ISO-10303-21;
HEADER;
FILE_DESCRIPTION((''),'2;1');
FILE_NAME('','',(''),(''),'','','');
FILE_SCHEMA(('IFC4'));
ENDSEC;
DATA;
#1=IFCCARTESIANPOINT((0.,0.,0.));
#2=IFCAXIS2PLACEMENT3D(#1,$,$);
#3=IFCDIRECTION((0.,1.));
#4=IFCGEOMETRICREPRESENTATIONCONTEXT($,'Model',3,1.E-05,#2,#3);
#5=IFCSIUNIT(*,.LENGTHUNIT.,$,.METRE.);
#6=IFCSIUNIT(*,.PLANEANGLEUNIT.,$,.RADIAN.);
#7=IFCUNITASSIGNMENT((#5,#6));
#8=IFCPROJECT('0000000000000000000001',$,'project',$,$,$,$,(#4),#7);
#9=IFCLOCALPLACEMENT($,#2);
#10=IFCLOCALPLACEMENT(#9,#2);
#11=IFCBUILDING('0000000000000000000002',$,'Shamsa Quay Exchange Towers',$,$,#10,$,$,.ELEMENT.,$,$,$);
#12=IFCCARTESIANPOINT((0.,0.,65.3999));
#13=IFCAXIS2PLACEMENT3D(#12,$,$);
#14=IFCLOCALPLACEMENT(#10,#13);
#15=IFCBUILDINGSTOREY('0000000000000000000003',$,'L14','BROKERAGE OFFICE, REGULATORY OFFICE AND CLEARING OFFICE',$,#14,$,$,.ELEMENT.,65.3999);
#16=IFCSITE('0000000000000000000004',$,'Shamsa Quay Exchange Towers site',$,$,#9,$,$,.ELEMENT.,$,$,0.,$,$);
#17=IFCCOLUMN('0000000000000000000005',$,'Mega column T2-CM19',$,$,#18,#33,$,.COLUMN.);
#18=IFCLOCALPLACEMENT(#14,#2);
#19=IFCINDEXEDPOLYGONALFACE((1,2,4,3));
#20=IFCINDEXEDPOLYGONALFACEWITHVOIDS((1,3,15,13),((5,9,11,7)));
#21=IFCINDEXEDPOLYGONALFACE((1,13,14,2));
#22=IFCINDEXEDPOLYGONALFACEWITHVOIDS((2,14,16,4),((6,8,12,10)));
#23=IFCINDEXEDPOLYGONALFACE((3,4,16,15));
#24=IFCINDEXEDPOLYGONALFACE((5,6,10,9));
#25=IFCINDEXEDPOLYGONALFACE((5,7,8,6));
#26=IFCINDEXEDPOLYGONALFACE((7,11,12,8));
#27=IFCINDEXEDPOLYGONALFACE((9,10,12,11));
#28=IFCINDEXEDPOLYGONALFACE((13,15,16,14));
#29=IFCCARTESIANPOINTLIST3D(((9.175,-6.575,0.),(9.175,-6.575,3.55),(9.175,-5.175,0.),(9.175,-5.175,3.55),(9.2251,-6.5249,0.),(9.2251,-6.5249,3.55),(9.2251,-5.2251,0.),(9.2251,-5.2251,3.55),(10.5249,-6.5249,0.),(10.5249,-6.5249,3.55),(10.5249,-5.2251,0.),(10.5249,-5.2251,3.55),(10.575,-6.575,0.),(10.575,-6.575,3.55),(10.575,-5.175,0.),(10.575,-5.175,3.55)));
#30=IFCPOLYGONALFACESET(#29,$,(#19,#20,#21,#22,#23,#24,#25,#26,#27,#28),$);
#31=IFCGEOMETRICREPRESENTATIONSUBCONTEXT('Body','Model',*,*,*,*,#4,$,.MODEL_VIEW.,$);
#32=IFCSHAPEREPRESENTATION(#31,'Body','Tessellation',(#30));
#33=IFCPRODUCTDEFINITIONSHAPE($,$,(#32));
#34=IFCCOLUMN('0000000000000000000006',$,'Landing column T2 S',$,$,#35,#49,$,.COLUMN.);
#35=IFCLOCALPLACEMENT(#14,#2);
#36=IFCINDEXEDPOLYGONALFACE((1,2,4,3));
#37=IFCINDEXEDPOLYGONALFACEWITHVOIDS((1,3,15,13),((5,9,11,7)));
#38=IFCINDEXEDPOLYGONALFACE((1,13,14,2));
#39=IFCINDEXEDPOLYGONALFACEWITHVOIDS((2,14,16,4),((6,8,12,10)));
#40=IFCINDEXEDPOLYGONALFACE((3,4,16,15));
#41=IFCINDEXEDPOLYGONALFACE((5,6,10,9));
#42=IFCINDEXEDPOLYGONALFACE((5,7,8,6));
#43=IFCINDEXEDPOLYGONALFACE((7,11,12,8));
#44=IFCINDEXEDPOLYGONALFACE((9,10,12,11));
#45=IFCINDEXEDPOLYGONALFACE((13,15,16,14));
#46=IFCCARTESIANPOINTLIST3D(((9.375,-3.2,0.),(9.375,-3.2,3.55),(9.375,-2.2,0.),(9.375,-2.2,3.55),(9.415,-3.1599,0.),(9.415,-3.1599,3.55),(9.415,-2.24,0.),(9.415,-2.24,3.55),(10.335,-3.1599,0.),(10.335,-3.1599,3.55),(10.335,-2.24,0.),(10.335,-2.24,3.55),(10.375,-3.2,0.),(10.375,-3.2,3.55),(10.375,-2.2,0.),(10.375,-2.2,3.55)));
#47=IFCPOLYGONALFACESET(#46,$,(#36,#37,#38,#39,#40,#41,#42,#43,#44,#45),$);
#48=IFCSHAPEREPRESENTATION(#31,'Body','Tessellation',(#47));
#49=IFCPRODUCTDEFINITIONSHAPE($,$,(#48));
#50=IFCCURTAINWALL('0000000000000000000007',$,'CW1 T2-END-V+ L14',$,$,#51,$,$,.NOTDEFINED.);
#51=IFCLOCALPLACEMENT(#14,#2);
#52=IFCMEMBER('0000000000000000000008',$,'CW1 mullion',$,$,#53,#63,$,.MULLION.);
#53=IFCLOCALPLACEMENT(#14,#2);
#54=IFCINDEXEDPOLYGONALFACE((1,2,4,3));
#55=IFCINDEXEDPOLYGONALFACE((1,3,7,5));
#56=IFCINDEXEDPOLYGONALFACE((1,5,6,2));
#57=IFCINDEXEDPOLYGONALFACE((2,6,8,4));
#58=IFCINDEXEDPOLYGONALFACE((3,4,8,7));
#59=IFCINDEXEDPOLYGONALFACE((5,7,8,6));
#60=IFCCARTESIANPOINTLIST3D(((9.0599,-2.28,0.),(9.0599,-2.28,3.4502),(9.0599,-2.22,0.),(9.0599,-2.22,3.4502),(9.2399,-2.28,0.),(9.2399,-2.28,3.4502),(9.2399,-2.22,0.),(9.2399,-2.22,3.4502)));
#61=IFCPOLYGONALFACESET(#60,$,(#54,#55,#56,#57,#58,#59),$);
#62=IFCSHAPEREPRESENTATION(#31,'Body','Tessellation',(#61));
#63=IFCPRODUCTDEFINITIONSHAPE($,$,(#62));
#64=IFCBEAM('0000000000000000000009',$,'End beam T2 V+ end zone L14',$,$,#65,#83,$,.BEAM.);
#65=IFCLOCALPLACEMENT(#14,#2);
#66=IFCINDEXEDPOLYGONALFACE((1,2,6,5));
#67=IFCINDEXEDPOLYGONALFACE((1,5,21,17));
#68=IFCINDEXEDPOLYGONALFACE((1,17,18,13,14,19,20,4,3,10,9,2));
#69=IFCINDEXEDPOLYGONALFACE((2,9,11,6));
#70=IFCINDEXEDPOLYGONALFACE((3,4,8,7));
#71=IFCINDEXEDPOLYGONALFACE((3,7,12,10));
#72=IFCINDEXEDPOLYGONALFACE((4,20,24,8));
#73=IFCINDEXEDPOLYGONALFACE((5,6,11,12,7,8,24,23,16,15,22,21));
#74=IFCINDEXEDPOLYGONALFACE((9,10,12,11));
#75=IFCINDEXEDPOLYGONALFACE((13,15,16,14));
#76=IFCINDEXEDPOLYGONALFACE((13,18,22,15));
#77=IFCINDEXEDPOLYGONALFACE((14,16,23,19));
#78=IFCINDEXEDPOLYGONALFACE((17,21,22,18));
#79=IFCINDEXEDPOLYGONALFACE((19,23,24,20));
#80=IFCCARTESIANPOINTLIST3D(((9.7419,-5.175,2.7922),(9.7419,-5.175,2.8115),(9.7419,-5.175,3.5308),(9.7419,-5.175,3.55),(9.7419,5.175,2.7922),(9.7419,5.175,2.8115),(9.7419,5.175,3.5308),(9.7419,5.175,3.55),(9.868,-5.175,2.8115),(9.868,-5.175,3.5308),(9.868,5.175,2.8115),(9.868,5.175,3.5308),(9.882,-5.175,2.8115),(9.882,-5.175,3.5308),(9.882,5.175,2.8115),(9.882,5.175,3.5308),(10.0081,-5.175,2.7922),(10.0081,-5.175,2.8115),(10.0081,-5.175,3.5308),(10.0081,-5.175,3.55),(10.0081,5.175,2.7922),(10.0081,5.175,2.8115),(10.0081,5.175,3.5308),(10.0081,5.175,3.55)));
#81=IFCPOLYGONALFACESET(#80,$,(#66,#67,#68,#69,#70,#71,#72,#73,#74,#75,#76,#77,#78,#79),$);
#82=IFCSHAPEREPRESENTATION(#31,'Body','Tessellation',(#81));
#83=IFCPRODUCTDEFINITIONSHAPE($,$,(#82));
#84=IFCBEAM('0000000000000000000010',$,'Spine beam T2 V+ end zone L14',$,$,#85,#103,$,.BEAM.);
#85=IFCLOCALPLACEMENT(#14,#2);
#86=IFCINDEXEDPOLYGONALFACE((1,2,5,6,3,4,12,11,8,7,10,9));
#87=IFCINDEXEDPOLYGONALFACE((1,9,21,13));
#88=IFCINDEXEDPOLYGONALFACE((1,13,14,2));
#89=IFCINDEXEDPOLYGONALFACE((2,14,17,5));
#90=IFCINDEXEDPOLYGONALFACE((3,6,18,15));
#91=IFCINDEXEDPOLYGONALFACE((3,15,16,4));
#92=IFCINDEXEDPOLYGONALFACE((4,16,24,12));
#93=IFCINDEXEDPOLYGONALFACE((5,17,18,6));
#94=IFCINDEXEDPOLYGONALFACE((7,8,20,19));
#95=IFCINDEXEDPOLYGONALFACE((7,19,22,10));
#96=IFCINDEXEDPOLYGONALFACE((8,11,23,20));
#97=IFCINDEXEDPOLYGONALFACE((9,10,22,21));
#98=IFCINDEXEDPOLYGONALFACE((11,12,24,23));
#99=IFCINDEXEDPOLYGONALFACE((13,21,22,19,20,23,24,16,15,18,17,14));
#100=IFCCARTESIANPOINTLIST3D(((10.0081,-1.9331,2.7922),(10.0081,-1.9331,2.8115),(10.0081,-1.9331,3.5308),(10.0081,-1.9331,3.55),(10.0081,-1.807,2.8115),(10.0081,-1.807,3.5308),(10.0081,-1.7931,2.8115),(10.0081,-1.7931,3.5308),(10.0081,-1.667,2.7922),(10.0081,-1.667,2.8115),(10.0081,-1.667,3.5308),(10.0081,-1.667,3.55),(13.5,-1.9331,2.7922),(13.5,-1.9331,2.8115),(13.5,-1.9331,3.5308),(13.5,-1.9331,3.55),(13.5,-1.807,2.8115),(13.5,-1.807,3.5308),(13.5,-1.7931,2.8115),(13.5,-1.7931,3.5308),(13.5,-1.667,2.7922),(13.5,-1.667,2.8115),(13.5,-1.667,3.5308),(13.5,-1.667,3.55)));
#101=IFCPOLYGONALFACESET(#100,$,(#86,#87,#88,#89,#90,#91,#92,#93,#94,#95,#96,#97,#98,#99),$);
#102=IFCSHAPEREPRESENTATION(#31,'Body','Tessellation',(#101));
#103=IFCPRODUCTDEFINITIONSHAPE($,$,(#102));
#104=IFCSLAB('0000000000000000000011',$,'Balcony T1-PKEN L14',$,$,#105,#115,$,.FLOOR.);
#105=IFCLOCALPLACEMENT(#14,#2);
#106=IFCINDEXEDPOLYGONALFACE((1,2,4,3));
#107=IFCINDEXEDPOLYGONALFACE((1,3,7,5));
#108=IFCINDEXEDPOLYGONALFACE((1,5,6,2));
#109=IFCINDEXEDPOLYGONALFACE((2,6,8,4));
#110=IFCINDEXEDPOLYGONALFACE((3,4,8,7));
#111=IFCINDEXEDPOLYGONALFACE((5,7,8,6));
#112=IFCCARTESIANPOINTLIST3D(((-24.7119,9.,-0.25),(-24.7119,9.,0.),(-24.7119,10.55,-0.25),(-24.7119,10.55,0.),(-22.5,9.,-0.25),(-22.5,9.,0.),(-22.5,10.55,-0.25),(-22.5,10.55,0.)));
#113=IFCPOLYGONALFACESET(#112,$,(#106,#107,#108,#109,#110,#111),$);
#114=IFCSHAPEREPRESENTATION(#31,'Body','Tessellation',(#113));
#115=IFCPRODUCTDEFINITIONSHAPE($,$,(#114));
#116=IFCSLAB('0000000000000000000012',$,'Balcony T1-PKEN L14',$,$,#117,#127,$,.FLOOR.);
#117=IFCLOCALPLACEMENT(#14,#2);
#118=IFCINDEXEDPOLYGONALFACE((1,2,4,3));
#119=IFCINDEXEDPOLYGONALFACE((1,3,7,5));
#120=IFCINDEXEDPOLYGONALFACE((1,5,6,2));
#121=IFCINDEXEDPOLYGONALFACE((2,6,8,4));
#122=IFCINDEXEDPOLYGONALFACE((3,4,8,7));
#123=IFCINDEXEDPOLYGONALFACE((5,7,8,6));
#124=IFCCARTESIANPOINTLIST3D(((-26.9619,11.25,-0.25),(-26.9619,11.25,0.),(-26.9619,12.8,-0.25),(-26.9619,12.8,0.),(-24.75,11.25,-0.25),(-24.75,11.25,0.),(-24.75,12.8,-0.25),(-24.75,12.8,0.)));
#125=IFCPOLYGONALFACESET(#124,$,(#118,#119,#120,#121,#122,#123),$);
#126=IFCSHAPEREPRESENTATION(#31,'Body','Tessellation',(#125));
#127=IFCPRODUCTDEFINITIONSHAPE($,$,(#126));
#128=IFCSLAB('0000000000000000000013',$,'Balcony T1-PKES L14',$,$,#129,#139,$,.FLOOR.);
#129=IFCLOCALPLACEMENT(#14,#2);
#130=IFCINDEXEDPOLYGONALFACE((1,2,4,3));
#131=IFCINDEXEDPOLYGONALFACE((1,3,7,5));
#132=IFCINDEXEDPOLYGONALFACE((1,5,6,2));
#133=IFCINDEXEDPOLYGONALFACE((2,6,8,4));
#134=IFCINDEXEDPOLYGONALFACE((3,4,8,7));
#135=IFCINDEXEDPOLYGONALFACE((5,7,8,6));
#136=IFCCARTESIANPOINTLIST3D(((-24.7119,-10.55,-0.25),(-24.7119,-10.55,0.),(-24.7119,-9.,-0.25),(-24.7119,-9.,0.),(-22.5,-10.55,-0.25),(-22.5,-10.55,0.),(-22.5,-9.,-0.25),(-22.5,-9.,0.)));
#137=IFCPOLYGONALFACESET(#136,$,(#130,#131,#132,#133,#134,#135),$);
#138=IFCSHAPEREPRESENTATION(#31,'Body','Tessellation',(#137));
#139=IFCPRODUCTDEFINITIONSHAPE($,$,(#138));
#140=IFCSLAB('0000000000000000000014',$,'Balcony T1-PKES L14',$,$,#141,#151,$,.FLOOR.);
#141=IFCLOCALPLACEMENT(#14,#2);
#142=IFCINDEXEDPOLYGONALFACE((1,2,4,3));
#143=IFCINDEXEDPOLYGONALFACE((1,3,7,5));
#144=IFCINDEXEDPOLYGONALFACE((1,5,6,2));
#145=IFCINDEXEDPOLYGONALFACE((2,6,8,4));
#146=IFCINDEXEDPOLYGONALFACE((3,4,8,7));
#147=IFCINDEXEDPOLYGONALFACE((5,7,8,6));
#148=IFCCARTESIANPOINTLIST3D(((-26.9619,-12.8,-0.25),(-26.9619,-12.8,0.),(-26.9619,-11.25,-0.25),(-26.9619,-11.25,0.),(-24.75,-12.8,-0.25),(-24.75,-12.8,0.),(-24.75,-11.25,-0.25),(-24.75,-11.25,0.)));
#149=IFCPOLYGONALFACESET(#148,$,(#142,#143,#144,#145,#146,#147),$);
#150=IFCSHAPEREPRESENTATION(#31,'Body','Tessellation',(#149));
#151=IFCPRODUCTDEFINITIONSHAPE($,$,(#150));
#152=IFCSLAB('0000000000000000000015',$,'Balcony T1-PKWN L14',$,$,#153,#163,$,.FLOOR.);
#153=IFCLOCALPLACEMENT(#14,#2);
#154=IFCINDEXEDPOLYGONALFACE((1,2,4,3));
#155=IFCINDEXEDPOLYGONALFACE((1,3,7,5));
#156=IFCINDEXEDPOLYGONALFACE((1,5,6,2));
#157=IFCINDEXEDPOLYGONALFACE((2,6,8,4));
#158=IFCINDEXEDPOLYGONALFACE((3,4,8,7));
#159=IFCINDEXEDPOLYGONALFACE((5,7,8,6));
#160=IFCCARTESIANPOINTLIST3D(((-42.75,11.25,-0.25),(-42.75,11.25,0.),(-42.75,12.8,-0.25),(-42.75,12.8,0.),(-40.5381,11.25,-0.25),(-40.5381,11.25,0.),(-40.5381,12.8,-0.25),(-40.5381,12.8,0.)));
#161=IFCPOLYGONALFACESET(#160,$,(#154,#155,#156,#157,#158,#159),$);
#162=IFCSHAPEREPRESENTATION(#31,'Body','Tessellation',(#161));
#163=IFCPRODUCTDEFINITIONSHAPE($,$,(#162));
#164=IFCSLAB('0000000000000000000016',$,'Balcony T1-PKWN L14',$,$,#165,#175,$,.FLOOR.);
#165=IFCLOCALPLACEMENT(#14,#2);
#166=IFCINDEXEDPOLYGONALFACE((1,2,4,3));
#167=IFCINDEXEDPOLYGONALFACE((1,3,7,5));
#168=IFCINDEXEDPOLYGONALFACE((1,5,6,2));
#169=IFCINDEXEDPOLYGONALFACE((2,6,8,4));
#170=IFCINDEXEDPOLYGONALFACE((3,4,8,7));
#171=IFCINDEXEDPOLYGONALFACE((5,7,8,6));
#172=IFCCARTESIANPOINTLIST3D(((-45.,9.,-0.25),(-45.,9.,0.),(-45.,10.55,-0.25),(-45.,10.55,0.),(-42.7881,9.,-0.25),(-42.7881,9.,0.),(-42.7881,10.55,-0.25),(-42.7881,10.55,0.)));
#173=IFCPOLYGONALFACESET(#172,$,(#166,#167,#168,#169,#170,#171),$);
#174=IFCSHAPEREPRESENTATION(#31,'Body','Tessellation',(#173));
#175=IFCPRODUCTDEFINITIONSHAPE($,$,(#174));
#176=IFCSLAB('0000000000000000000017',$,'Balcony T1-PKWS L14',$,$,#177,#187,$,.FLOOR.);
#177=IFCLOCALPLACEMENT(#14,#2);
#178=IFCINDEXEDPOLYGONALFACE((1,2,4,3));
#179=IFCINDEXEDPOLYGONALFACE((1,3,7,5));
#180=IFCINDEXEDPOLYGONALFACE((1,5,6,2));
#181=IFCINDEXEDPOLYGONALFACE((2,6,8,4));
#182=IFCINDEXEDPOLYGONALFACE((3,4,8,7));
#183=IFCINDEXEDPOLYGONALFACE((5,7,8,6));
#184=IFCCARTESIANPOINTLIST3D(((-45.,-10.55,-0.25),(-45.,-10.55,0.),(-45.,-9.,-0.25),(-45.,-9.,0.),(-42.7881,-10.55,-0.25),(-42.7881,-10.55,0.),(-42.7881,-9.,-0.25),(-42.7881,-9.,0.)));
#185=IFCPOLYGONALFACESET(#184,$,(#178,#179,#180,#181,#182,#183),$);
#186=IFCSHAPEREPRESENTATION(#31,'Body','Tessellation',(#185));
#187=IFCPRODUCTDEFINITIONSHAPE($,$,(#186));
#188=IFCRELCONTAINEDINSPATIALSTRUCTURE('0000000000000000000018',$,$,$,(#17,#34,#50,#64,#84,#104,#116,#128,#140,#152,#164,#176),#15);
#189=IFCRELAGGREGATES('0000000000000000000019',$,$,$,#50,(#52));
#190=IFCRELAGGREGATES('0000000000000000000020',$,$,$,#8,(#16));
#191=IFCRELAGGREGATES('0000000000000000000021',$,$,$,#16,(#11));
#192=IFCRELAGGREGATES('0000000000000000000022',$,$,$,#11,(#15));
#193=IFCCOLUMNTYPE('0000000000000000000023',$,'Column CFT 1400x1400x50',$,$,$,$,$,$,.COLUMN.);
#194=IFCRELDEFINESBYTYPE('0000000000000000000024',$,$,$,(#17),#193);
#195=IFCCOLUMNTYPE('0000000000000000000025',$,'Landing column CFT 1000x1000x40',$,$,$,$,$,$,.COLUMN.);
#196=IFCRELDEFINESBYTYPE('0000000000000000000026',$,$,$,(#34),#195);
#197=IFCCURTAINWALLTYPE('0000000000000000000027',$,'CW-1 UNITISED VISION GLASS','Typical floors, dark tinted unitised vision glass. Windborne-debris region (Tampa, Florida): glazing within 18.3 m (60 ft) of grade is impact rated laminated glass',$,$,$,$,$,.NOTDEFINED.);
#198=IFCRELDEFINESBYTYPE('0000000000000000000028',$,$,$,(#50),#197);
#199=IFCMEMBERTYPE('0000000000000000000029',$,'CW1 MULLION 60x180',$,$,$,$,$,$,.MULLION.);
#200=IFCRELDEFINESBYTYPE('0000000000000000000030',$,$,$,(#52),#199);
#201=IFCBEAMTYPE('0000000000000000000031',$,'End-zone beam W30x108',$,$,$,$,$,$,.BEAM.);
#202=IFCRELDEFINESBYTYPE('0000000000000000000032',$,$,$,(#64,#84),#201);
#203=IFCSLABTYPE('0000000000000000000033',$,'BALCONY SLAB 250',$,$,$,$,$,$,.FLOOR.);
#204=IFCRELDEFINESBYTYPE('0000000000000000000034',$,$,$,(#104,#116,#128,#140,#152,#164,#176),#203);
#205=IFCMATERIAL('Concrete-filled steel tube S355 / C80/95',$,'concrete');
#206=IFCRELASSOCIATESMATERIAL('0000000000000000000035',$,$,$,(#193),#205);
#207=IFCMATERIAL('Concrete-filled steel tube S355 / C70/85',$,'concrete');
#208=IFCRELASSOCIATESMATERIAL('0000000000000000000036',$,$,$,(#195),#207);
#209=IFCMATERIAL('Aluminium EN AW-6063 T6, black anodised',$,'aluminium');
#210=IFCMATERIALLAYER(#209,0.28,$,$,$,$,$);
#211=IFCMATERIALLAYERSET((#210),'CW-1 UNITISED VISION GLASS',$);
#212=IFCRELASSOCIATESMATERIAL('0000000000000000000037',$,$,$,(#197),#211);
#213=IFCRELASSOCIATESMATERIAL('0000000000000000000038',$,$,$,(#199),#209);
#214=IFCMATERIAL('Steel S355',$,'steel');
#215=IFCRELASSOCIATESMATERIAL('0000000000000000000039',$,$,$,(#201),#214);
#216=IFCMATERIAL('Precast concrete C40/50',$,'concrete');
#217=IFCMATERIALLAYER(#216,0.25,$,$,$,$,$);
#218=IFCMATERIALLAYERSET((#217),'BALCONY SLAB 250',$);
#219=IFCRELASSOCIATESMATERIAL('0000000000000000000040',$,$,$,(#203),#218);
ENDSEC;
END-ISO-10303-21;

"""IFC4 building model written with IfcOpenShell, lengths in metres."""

from ifc_helpers import new_model, si_unit, direction, frame, origin, origin_2d, place, context, subcontext, project, spatial, polyline, rectangle, hollow_rectangle, i_section, outline, extrude, material, layer, layer_set, material_profile, profile_set, type_object, element, aggregate, save


model = new_model("IFC4")

# Units and contexts
model_context = context("Model", 3, precision=1e-05, world=origin(), true_north=direction((0.0, 1.0)))
body_context = subcontext(model_context, "Body", "Model", "MODEL_VIEW")
ifc_project = project(units=[si_unit("LENGTHUNIT", "METRE"), si_unit("PLANEANGLEUNIT", "RADIAN")], contexts=[model_context])

# Site, building, storey
site_placement = place(None, origin())
site = spatial("IfcSite", under=ifc_project, at=site_placement, Name="Shamsa Quay Exchange Towers site", CompositionType="ELEMENT", RefElevation=0.0)
building_placement = place(site_placement, origin())
building = spatial("IfcBuilding", under=site, at=building_placement, Name="Shamsa Quay Exchange Towers", CompositionType="ELEMENT")
storey_placement = place(building_placement, frame((0.0, 0.0, 65.3999)))
storey = spatial("IfcBuildingStorey", under=building, at=storey_placement, Name="L14", Description="BROKERAGE OFFICE, REGULATORY OFFICE AND CLEARING OFFICE", CompositionType="ELEMENT", Elevation=65.3999)

# Columns
ifc_material_1 = material(Name="Concrete-filled steel tube S355 / C80/95", Category="concrete")
ifc_material_profile_1 = material_profile(ifc_material_1, hollow_rectangle(XDim=1.3999, YDim=1.3999, WallThickness=0.05, at=origin_2d()), Name="CFT 1400x1400x50")
ifc_profile_set_1 = profile_set([ifc_material_profile_1], Name="Concrete-filled steel tube S355 / C80/95")
column_type_1 = type_object("IfcColumnType", Name="Column CFT 1400x1400x50", PredefinedType="COLUMN", material=ifc_profile_set_1)
column_1_placement = place(storey_placement, frame((9.875, -5.875, 0.0)))
element("IfcColumn", 1, at=column_1_placement, inside=storey, type_object=column_type_1, Name="Mega column T2-CM19", PredefinedType="COLUMN", context=body_context, shape_type="SweptSolid", body=[
    extrude(hollow_rectangle(XDim=1.3999, YDim=1.3999, WallThickness=0.05, at=origin_2d()), origin(), (0.0, 0.0, 1.0), 3.55),
])
ifc_material_2 = material(Name="Concrete-filled steel tube S355 / C70/85", Category="concrete")
ifc_material_profile_2 = material_profile(ifc_material_2, hollow_rectangle(XDim=1.0, YDim=1.0, WallThickness=0.04, at=origin_2d()), Name="CFT 1000x1000x40")
ifc_profile_set_2 = profile_set([ifc_material_profile_2], Name="Concrete-filled steel tube S355 / C70/85")
column_type_2 = type_object("IfcColumnType", Name="Landing column CFT 1000x1000x40", PredefinedType="COLUMN", material=ifc_profile_set_2)
column_2_placement = place(storey_placement, frame((9.875, -2.7, 0.0)))
element("IfcColumn", 2, at=column_2_placement, inside=storey, type_object=column_type_2, Name="Landing column T2 S", PredefinedType="COLUMN", context=body_context, shape_type="SweptSolid", body=[
    extrude(hollow_rectangle(XDim=1.0, YDim=1.0, WallThickness=0.04, at=origin_2d()), origin(), (0.0, 0.0, 1.0), 3.55),
])

# Curtain wall, member
ifc_material_3 = material(Name="Aluminium EN AW-6063 T6, black anodised", Category="aluminium")
ifc_layer_1 = layer(ifc_material_3, 0.28)
ifc_layer_set_1 = layer_set([ifc_layer_1], Name="CW-1 UNITISED VISION GLASS")
curtain_wall_type_1 = type_object("IfcCurtainWallType", Name="CW-1 UNITISED VISION GLASS", Description="Typical floors, dark tinted unitised vision glass. Windborne-debris region (Tampa, Florida): glazing within 18.3 m (60 ft) of grade is impact rated laminated glass", PredefinedType="NOTDEFINED", material=ifc_layer_set_1)
curtain_wall_1_placement = place(storey_placement, origin())
curtain_wall_1 = element("IfcCurtainWall", 3, at=curtain_wall_1_placement, inside=storey, type_object=curtain_wall_type_1, Name="CW1 T2-END-V+ L14", PredefinedType="NOTDEFINED")
ifc_material_profile_3 = material_profile(ifc_material_3, rectangle(XDim=0.1799, YDim=0.0601, at=origin_2d()), Name="MU60x180")
ifc_profile_set_3 = profile_set([ifc_material_profile_3], Name="Aluminium EN AW-6063 T6, black anodised")
member_type = type_object("IfcMemberType", Name="CW1 MULLION 60x180", PredefinedType="MULLION", material=ifc_profile_set_3)
member_placement = place(storey_placement, frame((9.1499, -2.25, 0.0)))
member = element("IfcMember", 4, at=member_placement, type_object=member_type, Name="CW1 mullion", PredefinedType="MULLION", context=body_context, shape_type="SweptSolid", body=[
    extrude(rectangle(XDim=0.1799, YDim=0.0601, at=origin_2d()), origin(), (0.0, 0.0, 1.0), 3.4502),
])

# Beams
ifc_material_4 = material(Name="Steel S355", Category="steel")
ifc_material_profile_4 = material_profile(ifc_material_4, i_section(OverallWidth=0.2661, OverallDepth=0.7578, WebThickness=0.0139, FlangeThickness=0.0193, at=origin_2d()), Name="W30x108")
ifc_profile_set_4 = profile_set([ifc_material_profile_4], Name="Steel S355")
beam_type = type_object("IfcBeamType", Name="End-zone beam W30x108", PredefinedType="BEAM", material=ifc_profile_set_4)
beam_1_placement = place(storey_placement, frame((9.875, -5.175, 3.1711), z_axis=(0.0, 1.0, 0.0), x_axis=(-1.0, 0.0, 0.0)))
element("IfcBeam", 5, at=beam_1_placement, inside=storey, type_object=beam_type, Name="End beam T2 V+ end zone L14", PredefinedType="BEAM", context=body_context, shape_type="SweptSolid", body=[
    extrude(i_section(OverallWidth=0.2661, OverallDepth=0.7578, WebThickness=0.0139, FlangeThickness=0.0193, at=origin_2d()), origin(), (0.0, 0.0, 1.0), 10.3501),
])
beam_2_placement = place(storey_placement, frame((13.5, -1.8, 3.1711), z_axis=(-1.0, 0.0, 0.0), x_axis=(0.0, -1.0, 0.0)))
element("IfcBeam", 6, at=beam_2_placement, inside=storey, type_object=beam_type, Name="Spine beam T2 V+ end zone L14", PredefinedType="BEAM", context=body_context, shape_type="SweptSolid", body=[
    extrude(i_section(OverallWidth=0.2661, OverallDepth=0.7578, WebThickness=0.0139, FlangeThickness=0.0193, at=origin_2d()), origin(), (0.0, 0.0, 1.0), 3.4919),
])

# Slabs
ifc_material_5 = material(Name="Precast concrete C40/50", Category="concrete")
ifc_layer_2 = layer(ifc_material_5, 0.25)
ifc_layer_set_2 = layer_set([ifc_layer_2], Name="BALCONY SLAB 250")
slab_type_1 = type_object("IfcSlabType", Name="BALCONY SLAB 250", PredefinedType="FLOOR", material=ifc_layer_set_2)
slab_1_placement = place(storey_placement, frame((0.0, 0.0, -0.25)))
element("IfcSlab", 7, at=slab_1_placement, inside=storey, type_object=slab_type_1, Name="Balcony T1-PKEN L14", PredefinedType="FLOOR", context=body_context, shape_type="SweptSolid", body=[
    extrude(outline(polyline([(-22.5, 9.0), (-24.7119, 9.0), (-24.7119, 10.55), (-22.5, 10.55), (-22.5, 9.0)])), origin(), (0.0, 0.0, 1.0), 0.25),
])
slab_2_placement = place(storey_placement, frame((0.0, 0.0, -0.25)))
element("IfcSlab", 8, at=slab_2_placement, inside=storey, type_object=slab_type_1, Name="Balcony T1-PKEN L14", PredefinedType="FLOOR", context=body_context, shape_type="SweptSolid", body=[
    extrude(outline(polyline([(-24.75, 11.25), (-26.9619, 11.25), (-26.9619, 12.8), (-24.75, 12.8), (-24.75, 11.25)])), origin(), (0.0, 0.0, 1.0), 0.25),
])
slab_3_placement = place(storey_placement, frame((0.0, 0.0, -0.25)))
element("IfcSlab", 9, at=slab_3_placement, inside=storey, type_object=slab_type_1, Name="Balcony T1-PKES L14", PredefinedType="FLOOR", context=body_context, shape_type="SweptSolid", body=[
    extrude(outline(polyline([(-24.7119, -9.0), (-22.5, -9.0), (-22.5, -10.55), (-24.7119, -10.55), (-24.7119, -9.0)])), origin(), (0.0, 0.0, 1.0), 0.25),
])
slab_4_placement = place(storey_placement, frame((0.0, 0.0, -0.25)))
element("IfcSlab", 10, at=slab_4_placement, inside=storey, type_object=slab_type_1, Name="Balcony T1-PKES L14", PredefinedType="FLOOR", context=body_context, shape_type="SweptSolid", body=[
    extrude(outline(polyline([(-26.9619, -11.25), (-24.75, -11.25), (-24.75, -12.8), (-26.9619, -12.8), (-26.9619, -11.25)])), origin(), (0.0, 0.0, 1.0), 0.25),
])
slab_5_placement = place(storey_placement, frame((0.0, 0.0, -0.25)))
element("IfcSlab", 11, at=slab_5_placement, inside=storey, type_object=slab_type_1, Name="Balcony T1-PKWN L14", PredefinedType="FLOOR", context=body_context, shape_type="SweptSolid", body=[
    extrude(outline(polyline([(-40.5381, 11.25), (-42.75, 11.25), (-42.75, 12.8), (-40.5381, 12.8), (-40.5381, 11.25)])), origin(), (0.0, 0.0, 1.0), 0.25),
])
slab_6_placement = place(storey_placement, frame((0.0, 0.0, -0.25)))
element("IfcSlab", 12, at=slab_6_placement, inside=storey, type_object=slab_type_1, Name="Balcony T1-PKWN L14", PredefinedType="FLOOR", context=body_context, shape_type="SweptSolid", body=[
    extrude(outline(polyline([(-42.7881, 9.0), (-45.0, 9.0), (-45.0, 10.55), (-42.7881, 10.55), (-42.7881, 9.0)])), origin(), (0.0, 0.0, 1.0), 0.25),
])
slab_7_placement = place(storey_placement, frame((0.0, 0.0, -0.25)))
element("IfcSlab", 13, at=slab_7_placement, inside=storey, type_object=slab_type_1, Name="Balcony T1-PKWS L14", PredefinedType="FLOOR", context=body_context, shape_type="SweptSolid", body=[
    extrude(outline(polyline([(-45.0, -9.0), (-42.7881, -9.0), (-42.7881, -10.55), (-45.0, -10.55), (-45.0, -9.0)])), origin(), (0.0, 0.0, 1.0), 0.25),
])

aggregate(curtain_wall_1, [member])

save(model, "model.ifc")
